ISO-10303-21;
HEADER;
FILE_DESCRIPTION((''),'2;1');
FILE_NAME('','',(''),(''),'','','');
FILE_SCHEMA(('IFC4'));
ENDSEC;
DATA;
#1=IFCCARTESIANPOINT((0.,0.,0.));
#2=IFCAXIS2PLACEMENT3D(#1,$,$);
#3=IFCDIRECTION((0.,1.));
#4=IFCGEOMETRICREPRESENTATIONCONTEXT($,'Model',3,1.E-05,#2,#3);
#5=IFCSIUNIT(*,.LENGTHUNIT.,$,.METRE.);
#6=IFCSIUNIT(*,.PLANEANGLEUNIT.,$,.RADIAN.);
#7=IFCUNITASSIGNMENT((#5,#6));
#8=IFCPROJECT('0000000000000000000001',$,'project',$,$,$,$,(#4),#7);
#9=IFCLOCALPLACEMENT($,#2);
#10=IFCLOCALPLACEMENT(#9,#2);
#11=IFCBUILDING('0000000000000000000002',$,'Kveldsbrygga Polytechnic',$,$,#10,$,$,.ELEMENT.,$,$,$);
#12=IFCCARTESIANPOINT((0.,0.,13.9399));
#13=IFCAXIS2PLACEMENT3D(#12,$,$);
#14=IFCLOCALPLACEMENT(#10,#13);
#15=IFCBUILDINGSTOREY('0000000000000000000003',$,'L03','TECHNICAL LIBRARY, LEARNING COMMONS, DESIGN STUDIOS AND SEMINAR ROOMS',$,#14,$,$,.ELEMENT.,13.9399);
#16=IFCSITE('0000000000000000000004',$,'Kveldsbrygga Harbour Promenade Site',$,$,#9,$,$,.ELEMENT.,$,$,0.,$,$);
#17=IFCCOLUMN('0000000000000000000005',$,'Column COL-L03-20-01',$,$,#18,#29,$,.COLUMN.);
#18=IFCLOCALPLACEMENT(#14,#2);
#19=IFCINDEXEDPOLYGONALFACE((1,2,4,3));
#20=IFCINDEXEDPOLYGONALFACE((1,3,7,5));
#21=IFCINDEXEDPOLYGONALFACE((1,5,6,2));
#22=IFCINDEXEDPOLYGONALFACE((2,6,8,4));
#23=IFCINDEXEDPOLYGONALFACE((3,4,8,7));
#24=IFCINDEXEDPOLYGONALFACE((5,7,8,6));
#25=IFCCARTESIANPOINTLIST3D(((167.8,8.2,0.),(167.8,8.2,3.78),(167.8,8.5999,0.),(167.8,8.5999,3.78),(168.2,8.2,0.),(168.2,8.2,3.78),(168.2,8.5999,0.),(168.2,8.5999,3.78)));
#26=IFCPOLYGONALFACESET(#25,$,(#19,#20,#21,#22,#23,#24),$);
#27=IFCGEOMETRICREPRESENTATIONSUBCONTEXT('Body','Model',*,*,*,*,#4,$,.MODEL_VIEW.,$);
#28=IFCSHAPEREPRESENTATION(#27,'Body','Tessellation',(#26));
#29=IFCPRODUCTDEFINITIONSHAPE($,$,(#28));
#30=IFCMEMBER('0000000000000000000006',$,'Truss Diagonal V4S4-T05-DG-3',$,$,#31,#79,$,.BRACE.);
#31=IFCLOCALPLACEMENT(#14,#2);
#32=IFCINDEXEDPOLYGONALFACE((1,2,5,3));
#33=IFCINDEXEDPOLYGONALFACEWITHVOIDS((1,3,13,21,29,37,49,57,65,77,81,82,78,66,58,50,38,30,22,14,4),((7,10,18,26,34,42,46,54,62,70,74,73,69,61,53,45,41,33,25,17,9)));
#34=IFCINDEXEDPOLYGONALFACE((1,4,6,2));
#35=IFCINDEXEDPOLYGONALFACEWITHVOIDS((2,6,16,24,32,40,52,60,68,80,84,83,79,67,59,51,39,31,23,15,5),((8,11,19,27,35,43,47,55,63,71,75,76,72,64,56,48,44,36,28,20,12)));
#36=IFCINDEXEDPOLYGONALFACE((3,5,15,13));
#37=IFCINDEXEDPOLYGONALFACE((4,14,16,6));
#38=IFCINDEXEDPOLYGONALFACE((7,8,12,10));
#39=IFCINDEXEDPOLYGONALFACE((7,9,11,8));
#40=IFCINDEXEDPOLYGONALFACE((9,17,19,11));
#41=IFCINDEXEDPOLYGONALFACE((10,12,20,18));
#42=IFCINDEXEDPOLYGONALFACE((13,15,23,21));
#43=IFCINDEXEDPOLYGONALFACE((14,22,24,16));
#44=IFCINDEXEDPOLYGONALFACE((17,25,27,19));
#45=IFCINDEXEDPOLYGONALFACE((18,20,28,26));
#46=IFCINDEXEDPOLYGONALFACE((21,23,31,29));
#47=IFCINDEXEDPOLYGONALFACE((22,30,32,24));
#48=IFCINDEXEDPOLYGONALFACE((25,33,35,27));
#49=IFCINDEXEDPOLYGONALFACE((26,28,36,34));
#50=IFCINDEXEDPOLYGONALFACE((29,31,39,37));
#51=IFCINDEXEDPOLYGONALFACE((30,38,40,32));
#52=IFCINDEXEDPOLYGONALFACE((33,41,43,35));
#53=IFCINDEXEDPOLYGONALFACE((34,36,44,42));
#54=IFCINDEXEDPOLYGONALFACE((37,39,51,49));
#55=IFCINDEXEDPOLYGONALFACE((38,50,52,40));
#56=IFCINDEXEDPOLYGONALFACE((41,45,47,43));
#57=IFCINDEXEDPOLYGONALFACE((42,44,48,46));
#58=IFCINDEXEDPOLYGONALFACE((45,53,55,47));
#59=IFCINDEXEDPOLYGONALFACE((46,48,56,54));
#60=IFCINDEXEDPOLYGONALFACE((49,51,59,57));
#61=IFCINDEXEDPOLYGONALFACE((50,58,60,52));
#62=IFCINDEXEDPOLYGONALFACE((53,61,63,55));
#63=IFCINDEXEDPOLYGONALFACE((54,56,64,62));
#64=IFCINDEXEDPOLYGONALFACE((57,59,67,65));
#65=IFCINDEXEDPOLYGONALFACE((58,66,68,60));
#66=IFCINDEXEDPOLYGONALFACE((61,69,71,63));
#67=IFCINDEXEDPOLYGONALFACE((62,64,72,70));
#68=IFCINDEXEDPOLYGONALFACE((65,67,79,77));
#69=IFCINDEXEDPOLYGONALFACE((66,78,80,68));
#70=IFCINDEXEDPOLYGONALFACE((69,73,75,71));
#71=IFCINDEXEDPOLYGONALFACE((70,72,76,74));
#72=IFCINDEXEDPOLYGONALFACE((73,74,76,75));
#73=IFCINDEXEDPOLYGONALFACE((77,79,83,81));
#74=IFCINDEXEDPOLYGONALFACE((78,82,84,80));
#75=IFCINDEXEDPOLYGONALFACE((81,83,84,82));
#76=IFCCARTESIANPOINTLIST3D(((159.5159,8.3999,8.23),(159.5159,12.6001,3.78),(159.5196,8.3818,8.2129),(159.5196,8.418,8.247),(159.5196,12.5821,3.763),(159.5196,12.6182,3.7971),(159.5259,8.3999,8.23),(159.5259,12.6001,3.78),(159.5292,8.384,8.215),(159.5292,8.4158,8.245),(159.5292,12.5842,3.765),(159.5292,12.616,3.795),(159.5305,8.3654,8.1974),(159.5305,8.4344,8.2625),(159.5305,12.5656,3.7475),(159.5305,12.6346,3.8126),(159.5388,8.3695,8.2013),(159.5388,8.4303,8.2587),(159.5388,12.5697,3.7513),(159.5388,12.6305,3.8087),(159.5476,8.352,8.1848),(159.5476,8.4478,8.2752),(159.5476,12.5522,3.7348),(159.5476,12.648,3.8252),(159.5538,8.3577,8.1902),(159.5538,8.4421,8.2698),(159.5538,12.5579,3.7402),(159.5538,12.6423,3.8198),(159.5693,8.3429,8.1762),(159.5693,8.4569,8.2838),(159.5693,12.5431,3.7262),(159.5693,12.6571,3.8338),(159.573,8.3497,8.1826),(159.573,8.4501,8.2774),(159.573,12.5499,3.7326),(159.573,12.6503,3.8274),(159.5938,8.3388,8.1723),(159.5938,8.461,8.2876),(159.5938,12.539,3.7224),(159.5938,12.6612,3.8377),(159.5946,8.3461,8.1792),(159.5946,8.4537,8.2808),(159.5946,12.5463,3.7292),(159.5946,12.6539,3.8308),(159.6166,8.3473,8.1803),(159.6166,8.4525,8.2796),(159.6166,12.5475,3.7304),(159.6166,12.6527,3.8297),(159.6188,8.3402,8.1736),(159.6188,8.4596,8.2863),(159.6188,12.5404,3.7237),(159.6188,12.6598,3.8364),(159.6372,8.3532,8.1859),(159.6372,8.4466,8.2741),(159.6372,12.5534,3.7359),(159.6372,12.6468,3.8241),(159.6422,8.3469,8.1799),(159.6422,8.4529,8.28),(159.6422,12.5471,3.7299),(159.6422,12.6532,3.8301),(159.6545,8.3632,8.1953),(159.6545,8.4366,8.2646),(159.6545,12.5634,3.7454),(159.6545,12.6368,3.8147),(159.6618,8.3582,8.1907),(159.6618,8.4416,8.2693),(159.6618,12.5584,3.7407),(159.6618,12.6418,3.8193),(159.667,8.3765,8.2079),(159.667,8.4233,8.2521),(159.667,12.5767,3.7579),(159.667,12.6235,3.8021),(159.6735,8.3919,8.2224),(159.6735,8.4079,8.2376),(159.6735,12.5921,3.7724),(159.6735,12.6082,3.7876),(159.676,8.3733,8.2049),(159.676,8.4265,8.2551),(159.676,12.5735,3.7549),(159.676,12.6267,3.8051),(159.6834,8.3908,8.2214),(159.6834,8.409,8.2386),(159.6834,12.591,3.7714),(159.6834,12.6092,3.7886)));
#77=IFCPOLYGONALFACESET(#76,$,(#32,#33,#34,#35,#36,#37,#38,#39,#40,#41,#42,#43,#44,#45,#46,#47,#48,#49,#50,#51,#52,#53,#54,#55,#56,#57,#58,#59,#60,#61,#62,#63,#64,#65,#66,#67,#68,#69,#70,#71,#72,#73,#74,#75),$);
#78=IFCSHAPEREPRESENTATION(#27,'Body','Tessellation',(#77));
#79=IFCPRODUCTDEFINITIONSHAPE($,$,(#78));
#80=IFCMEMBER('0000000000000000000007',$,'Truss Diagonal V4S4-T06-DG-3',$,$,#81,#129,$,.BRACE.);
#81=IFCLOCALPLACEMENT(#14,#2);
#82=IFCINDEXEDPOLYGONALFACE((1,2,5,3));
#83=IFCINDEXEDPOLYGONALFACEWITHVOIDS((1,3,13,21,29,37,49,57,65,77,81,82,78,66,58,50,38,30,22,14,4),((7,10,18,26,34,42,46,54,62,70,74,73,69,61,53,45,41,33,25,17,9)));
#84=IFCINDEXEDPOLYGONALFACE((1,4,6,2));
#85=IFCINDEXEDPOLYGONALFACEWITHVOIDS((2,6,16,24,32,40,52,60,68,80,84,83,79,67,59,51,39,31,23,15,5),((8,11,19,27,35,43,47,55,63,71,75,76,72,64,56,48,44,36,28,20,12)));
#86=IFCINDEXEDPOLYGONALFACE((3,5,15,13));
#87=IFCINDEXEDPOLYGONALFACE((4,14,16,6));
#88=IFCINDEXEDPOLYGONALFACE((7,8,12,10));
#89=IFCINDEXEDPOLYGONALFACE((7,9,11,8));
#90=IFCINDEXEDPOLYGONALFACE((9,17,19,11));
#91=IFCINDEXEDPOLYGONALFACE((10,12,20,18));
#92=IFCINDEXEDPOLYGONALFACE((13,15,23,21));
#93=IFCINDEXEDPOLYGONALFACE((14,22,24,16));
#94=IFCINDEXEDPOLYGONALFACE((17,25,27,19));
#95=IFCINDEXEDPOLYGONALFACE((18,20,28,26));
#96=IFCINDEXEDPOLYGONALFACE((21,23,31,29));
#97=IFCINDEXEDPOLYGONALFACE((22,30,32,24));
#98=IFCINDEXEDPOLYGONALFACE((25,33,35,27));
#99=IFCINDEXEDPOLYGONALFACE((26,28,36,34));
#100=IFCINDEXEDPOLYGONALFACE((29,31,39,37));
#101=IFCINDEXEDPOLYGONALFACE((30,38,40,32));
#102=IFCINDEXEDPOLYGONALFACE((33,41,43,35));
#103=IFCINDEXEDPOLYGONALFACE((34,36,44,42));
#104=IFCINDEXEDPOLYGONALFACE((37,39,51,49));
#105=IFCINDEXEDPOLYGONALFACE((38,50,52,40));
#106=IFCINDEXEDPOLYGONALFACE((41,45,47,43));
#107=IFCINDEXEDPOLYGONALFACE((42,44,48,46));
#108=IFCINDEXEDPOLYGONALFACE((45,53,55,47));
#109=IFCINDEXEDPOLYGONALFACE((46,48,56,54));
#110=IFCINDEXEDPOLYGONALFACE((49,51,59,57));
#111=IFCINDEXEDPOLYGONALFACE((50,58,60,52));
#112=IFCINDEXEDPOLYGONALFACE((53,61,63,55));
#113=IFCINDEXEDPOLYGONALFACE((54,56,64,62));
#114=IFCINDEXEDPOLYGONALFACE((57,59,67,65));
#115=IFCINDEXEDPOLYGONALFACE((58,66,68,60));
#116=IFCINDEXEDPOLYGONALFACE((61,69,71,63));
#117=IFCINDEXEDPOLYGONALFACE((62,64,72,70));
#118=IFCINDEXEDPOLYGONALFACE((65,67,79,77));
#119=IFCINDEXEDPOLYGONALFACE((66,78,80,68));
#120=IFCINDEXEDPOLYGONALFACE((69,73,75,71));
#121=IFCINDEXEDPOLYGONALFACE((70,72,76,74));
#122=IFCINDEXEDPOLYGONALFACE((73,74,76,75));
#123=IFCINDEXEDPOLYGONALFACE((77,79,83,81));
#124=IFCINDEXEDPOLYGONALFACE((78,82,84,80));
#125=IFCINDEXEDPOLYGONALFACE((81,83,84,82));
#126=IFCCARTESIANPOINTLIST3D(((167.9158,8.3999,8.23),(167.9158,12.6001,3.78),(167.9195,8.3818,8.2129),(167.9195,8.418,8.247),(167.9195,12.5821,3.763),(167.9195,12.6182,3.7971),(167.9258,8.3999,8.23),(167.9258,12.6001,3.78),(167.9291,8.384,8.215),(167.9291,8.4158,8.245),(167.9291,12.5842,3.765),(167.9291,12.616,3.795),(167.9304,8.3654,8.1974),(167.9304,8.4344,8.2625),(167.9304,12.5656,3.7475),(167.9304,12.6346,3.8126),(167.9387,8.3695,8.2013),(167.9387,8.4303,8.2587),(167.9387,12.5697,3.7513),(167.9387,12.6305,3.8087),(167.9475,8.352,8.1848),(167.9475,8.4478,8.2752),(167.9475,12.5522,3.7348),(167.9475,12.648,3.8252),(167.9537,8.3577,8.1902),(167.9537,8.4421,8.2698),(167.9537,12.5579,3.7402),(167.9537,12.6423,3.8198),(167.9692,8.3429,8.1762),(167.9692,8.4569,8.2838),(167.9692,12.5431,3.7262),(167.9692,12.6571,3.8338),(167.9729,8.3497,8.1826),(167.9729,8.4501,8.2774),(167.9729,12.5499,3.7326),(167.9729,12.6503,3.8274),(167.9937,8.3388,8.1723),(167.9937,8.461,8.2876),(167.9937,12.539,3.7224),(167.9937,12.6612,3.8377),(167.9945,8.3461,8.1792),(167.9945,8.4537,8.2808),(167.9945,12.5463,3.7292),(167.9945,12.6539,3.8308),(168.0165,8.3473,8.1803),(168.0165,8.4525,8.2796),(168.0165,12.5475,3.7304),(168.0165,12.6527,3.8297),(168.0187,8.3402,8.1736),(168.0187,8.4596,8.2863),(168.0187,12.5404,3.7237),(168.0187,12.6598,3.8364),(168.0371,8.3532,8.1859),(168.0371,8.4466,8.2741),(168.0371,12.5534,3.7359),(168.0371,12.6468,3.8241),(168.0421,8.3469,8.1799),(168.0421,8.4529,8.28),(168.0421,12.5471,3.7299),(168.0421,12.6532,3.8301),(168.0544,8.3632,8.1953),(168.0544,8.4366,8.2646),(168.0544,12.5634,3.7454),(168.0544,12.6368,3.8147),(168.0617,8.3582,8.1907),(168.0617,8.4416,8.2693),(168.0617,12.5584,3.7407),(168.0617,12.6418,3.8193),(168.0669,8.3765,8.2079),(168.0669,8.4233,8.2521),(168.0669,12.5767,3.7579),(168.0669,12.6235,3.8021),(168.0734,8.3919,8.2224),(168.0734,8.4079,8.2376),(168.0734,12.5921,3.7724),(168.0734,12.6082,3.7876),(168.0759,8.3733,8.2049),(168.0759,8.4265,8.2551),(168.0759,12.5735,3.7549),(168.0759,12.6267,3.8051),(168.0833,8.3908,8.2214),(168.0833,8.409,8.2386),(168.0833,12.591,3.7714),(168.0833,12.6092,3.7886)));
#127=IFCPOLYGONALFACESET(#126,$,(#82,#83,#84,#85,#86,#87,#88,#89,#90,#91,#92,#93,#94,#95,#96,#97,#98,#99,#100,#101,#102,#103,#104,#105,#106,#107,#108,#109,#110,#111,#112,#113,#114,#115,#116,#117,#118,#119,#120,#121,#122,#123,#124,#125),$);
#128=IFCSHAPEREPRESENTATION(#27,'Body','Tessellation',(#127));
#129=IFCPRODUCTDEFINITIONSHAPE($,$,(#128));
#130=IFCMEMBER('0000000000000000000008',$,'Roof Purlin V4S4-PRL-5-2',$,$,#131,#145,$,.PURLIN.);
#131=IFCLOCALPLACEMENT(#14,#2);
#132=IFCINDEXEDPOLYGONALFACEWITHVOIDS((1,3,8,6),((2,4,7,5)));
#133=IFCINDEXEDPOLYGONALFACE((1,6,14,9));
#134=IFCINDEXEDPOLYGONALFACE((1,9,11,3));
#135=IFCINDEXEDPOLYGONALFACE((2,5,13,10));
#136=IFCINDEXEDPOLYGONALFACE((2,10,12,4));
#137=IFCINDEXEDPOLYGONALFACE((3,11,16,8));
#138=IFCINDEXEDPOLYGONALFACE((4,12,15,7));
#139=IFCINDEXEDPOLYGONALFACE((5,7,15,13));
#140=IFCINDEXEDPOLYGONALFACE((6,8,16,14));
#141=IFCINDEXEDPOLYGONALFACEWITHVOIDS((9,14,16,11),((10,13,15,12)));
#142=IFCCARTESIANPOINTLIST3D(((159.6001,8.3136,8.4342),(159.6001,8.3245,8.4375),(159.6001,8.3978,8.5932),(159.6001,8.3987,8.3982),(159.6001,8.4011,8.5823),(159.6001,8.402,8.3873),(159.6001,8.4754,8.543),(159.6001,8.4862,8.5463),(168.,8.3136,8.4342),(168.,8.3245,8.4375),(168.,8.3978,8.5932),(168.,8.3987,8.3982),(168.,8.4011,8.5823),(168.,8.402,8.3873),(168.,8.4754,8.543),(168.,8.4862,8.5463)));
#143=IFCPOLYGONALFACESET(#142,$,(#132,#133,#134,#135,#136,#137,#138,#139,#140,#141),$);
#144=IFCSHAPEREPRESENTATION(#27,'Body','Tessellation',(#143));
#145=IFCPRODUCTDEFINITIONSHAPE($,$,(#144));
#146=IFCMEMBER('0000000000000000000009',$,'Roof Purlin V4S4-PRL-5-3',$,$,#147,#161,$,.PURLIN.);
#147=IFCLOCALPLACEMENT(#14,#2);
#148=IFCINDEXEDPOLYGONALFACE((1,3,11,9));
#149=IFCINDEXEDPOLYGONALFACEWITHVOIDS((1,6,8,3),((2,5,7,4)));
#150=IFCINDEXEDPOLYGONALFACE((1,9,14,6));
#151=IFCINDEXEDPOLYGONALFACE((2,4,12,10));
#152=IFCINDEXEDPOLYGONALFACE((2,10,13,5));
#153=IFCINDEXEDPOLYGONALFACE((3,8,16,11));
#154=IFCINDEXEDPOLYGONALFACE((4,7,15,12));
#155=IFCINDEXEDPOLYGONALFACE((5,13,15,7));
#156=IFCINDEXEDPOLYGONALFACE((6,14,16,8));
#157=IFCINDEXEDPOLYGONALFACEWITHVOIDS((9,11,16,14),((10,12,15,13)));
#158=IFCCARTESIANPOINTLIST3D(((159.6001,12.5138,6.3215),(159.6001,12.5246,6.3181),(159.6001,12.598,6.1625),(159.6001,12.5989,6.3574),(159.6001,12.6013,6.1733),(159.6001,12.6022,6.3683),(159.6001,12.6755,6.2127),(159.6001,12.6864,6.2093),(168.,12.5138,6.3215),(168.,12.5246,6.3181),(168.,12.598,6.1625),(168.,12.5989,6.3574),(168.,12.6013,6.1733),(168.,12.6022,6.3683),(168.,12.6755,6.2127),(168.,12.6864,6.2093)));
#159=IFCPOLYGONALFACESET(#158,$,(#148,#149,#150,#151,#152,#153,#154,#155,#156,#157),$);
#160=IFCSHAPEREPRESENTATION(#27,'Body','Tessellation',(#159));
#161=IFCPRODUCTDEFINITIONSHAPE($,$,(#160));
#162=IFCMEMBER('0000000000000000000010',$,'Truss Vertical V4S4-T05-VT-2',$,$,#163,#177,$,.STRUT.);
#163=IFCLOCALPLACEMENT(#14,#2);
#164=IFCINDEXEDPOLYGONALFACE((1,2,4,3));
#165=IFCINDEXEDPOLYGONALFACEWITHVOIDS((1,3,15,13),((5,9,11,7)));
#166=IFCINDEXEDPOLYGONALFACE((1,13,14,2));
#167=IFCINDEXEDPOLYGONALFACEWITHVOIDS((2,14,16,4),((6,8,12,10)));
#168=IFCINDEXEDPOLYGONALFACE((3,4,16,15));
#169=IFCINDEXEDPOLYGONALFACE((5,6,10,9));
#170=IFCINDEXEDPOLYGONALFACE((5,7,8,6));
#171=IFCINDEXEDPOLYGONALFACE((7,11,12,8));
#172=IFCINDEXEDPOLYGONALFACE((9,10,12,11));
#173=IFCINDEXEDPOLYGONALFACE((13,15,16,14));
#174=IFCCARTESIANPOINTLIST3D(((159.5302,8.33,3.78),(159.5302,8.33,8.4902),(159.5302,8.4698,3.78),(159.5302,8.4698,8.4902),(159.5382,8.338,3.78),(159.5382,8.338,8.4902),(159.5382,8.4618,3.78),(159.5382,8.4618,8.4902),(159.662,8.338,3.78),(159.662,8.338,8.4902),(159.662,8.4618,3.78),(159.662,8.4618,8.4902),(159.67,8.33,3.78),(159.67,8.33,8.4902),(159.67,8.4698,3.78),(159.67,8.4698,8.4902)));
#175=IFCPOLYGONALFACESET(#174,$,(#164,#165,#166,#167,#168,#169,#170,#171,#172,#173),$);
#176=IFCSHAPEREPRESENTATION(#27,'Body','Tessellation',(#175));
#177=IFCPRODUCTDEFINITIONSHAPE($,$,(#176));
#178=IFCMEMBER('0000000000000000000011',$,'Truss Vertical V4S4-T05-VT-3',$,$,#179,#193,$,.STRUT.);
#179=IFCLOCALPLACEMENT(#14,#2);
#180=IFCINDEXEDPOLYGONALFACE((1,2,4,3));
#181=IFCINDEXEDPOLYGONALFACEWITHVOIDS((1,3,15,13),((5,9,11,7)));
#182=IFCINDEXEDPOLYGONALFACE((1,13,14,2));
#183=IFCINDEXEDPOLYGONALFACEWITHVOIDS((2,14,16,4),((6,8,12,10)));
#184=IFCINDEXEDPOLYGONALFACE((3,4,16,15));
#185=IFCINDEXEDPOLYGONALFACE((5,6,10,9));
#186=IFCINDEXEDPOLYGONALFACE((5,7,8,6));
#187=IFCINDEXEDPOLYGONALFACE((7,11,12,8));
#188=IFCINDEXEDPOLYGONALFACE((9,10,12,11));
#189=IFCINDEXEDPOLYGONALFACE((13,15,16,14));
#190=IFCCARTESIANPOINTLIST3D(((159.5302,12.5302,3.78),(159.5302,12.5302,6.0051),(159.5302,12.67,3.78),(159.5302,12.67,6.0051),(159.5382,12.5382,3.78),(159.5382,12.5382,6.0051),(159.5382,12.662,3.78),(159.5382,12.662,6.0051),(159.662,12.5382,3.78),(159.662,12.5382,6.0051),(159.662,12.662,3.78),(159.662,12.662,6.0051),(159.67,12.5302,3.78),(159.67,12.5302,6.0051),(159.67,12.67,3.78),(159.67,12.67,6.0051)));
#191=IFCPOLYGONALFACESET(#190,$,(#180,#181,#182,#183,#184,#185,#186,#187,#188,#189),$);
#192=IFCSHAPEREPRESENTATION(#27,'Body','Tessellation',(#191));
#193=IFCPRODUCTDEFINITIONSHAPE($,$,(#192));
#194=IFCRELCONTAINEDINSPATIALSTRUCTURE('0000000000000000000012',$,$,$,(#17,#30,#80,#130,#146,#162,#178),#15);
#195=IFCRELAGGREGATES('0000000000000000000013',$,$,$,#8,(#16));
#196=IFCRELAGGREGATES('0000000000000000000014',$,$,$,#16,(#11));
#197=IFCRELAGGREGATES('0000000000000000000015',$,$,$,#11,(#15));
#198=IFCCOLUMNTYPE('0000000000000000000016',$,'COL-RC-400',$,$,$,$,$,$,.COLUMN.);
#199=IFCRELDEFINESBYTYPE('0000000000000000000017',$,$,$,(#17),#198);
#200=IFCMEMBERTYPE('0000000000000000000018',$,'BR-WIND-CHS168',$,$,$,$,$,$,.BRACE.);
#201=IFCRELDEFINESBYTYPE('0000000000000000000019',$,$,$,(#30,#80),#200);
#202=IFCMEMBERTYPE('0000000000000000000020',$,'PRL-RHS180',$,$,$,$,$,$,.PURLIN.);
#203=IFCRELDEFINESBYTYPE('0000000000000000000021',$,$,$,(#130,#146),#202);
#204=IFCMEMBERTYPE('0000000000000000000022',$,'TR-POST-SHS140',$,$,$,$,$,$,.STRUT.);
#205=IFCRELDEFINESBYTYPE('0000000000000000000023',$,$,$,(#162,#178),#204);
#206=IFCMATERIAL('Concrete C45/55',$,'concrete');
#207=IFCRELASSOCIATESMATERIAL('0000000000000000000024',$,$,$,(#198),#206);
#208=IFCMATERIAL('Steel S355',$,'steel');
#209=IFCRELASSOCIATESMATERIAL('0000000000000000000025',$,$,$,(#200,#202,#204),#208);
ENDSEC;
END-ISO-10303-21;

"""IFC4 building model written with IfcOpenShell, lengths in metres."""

from ifc_helpers import new_model, si_unit, direction, frame, origin, origin_2d, place, context, subcontext, project, spatial, rectangle, hollow_rectangle, hollow_circle, extrude, material, material_profile, profile_set, type_object, element, save


model = new_model("IFC4")

# Units and contexts
model_context = context("Model", 3, precision=1e-05, world=origin(), true_north=direction((0.0, 1.0)))
body_context = subcontext(model_context, "Body", "Model", "MODEL_VIEW")
ifc_project = project(units=[si_unit("LENGTHUNIT", "METRE"), si_unit("PLANEANGLEUNIT", "RADIAN")], contexts=[model_context])

# Site, building, storey
site_placement = place(None, origin())
site = spatial("IfcSite", under=ifc_project, at=site_placement, Name="Kveldsbrygga Harbour Promenade Site", CompositionType="ELEMENT", RefElevation=0.0)
building_placement = place(site_placement, origin())
building = spatial("IfcBuilding", under=site, at=building_placement, Name="Kveldsbrygga Polytechnic", CompositionType="ELEMENT")
storey_placement = place(building_placement, frame((0.0, 0.0, 13.9399)))
storey = spatial("IfcBuildingStorey", under=building, at=storey_placement, Name="L03", Description="TECHNICAL LIBRARY, LEARNING COMMONS, DESIGN STUDIOS AND SEMINAR ROOMS", CompositionType="ELEMENT", Elevation=13.9399)

# Column
ifc_material_1 = material(Name="Concrete C45/55", Category="concrete")
ifc_material_profile_1 = material_profile(ifc_material_1, rectangle(XDim=0.3999, YDim=0.3999, at=origin_2d()), Name="RC 400x400")
ifc_profile_set_1 = profile_set([ifc_material_profile_1], Name="Concrete C45/55")
column_type = type_object("IfcColumnType", Name="COL-RC-400", PredefinedType="COLUMN", material=ifc_profile_set_1)
column_placement = place(storey_placement, frame((168.0, 8.3999, 0.0), z_axis=(0.0, 0.0, 1.0), x_axis=(1.0, 0.0, 0.0)))
element("IfcColumn", 1, at=column_placement, inside=storey, type_object=column_type, Name="Column COL-L03-20-01", PredefinedType="COLUMN", context=body_context, shape_type="SweptSolid", body=[
    extrude(rectangle(XDim=0.3999, YDim=0.3999, at=origin_2d()), origin(), (0.0, 0.0, 1.0), 3.78),
])

# Members
ifc_material_2 = material(Name="Steel S355", Category="steel")
ifc_material_profile_2 = material_profile(ifc_material_2, hollow_circle(Radius=0.0842, WallThickness=0.01, at=origin_2d()), Name="CHS 168.3x10.0")
ifc_profile_set_2 = profile_set([ifc_material_profile_2], Name="Steel S355")
member_type_1 = type_object("IfcMemberType", Name="BR-WIND-CHS168", PredefinedType="BRACE", material=ifc_profile_set_2)
for number, where, z_axis, x_axis, name in (
    (2, (159.6001, 8.3999, 8.23), (0.0, 0.686404, -0.72722), (-1.0, 0.0, 0.0), "Truss Diagonal V4S4-T05-DG-3"),
    (3, (168.0, 8.3999, 8.23), (0.0, 0.686404, -0.72722), (-1.0, 0.0, 0.0), "Truss Diagonal V4S4-T06-DG-3"),
):
    element("IfcMember", number, at=place(storey_placement, frame(where, z_axis=z_axis, x_axis=x_axis)), inside=storey, type_object=member_type_1, Name=name, PredefinedType="BRACE", context=body_context, shape_type="SweptSolid", body=[
        extrude(hollow_circle(Radius=0.0842, WallThickness=0.01, at=origin_2d()), origin(), (0.0, 0.0, 1.0), 6.1191),
    ])
ifc_material_profile_3 = material_profile(ifc_material_2, hollow_rectangle(XDim=0.1001, YDim=0.1799, WallThickness=0.0081, at=origin_2d()), Name="RHS 180x100x8.0")
ifc_profile_set_3 = profile_set([ifc_material_profile_3], Name="Steel S355")
member_type_2 = type_object("IfcMemberType", Name="PRL-RHS180", PredefinedType="PURLIN", material=ifc_profile_set_3)
for number, where, z_axis, x_axis, name in (
    (4, (159.6001, 8.3999, 8.4902), (1.0, 0.0, 0.0), (0.0, 0.88366, -0.468129), "Roof Purlin V4S4-PRL-5-2"),
    (5, (159.6001, 12.6001, 6.2654), (1.0, 0.0, 0.0), (0.0, 0.88366, 0.468129), "Roof Purlin V4S4-PRL-5-3"),
):
    element("IfcMember", number, at=place(storey_placement, frame(where, z_axis=z_axis, x_axis=x_axis)), inside=storey, type_object=member_type_2, Name=name, PredefinedType="PURLIN", context=body_context, shape_type="SweptSolid", body=[
        extrude(hollow_rectangle(XDim=0.1001, YDim=0.1799, WallThickness=0.0081, at=origin_2d()), origin(), (0.0, 0.0, 1.0), 8.3999),
    ])
ifc_material_profile_4 = material_profile(ifc_material_2, hollow_rectangle(XDim=0.1399, YDim=0.1399, WallThickness=0.0081, at=origin_2d()), Name="SHS 140x140x8.0")
ifc_profile_set_4 = profile_set([ifc_material_profile_4], Name="Steel S355")
member_type_3 = type_object("IfcMemberType", Name="TR-POST-SHS140", PredefinedType="STRUT", material=ifc_profile_set_4)
member_1_placement = place(storey_placement, frame((159.6001, 8.3999, 3.78), z_axis=(0.0, 0.0, 1.0), x_axis=(1.0, 0.0, 0.0)))
element("IfcMember", 6, at=member_1_placement, inside=storey, type_object=member_type_3, Name="Truss Vertical V4S4-T05-VT-2", PredefinedType="STRUT", context=body_context, shape_type="SweptSolid", body=[
    extrude(hollow_rectangle(XDim=0.1399, YDim=0.1399, WallThickness=0.0081, at=origin_2d()), origin(), (0.0, 0.0, 1.0), 4.7102),
])
member_2_placement = place(storey_placement, frame((159.6001, 12.6001, 3.78), z_axis=(0.0, 0.0, 1.0), x_axis=(1.0, 0.0, 0.0)))
element("IfcMember", 7, at=member_2_placement, inside=storey, type_object=member_type_3, Name="Truss Vertical V4S4-T05-VT-3", PredefinedType="STRUT", context=body_context, shape_type="SweptSolid", body=[
    extrude(hollow_rectangle(XDim=0.1399, YDim=0.1399, WallThickness=0.0081, at=origin_2d()), origin(), (0.0, 0.0, 1.0), 2.2251),
])

save(model, "model.ifc")
